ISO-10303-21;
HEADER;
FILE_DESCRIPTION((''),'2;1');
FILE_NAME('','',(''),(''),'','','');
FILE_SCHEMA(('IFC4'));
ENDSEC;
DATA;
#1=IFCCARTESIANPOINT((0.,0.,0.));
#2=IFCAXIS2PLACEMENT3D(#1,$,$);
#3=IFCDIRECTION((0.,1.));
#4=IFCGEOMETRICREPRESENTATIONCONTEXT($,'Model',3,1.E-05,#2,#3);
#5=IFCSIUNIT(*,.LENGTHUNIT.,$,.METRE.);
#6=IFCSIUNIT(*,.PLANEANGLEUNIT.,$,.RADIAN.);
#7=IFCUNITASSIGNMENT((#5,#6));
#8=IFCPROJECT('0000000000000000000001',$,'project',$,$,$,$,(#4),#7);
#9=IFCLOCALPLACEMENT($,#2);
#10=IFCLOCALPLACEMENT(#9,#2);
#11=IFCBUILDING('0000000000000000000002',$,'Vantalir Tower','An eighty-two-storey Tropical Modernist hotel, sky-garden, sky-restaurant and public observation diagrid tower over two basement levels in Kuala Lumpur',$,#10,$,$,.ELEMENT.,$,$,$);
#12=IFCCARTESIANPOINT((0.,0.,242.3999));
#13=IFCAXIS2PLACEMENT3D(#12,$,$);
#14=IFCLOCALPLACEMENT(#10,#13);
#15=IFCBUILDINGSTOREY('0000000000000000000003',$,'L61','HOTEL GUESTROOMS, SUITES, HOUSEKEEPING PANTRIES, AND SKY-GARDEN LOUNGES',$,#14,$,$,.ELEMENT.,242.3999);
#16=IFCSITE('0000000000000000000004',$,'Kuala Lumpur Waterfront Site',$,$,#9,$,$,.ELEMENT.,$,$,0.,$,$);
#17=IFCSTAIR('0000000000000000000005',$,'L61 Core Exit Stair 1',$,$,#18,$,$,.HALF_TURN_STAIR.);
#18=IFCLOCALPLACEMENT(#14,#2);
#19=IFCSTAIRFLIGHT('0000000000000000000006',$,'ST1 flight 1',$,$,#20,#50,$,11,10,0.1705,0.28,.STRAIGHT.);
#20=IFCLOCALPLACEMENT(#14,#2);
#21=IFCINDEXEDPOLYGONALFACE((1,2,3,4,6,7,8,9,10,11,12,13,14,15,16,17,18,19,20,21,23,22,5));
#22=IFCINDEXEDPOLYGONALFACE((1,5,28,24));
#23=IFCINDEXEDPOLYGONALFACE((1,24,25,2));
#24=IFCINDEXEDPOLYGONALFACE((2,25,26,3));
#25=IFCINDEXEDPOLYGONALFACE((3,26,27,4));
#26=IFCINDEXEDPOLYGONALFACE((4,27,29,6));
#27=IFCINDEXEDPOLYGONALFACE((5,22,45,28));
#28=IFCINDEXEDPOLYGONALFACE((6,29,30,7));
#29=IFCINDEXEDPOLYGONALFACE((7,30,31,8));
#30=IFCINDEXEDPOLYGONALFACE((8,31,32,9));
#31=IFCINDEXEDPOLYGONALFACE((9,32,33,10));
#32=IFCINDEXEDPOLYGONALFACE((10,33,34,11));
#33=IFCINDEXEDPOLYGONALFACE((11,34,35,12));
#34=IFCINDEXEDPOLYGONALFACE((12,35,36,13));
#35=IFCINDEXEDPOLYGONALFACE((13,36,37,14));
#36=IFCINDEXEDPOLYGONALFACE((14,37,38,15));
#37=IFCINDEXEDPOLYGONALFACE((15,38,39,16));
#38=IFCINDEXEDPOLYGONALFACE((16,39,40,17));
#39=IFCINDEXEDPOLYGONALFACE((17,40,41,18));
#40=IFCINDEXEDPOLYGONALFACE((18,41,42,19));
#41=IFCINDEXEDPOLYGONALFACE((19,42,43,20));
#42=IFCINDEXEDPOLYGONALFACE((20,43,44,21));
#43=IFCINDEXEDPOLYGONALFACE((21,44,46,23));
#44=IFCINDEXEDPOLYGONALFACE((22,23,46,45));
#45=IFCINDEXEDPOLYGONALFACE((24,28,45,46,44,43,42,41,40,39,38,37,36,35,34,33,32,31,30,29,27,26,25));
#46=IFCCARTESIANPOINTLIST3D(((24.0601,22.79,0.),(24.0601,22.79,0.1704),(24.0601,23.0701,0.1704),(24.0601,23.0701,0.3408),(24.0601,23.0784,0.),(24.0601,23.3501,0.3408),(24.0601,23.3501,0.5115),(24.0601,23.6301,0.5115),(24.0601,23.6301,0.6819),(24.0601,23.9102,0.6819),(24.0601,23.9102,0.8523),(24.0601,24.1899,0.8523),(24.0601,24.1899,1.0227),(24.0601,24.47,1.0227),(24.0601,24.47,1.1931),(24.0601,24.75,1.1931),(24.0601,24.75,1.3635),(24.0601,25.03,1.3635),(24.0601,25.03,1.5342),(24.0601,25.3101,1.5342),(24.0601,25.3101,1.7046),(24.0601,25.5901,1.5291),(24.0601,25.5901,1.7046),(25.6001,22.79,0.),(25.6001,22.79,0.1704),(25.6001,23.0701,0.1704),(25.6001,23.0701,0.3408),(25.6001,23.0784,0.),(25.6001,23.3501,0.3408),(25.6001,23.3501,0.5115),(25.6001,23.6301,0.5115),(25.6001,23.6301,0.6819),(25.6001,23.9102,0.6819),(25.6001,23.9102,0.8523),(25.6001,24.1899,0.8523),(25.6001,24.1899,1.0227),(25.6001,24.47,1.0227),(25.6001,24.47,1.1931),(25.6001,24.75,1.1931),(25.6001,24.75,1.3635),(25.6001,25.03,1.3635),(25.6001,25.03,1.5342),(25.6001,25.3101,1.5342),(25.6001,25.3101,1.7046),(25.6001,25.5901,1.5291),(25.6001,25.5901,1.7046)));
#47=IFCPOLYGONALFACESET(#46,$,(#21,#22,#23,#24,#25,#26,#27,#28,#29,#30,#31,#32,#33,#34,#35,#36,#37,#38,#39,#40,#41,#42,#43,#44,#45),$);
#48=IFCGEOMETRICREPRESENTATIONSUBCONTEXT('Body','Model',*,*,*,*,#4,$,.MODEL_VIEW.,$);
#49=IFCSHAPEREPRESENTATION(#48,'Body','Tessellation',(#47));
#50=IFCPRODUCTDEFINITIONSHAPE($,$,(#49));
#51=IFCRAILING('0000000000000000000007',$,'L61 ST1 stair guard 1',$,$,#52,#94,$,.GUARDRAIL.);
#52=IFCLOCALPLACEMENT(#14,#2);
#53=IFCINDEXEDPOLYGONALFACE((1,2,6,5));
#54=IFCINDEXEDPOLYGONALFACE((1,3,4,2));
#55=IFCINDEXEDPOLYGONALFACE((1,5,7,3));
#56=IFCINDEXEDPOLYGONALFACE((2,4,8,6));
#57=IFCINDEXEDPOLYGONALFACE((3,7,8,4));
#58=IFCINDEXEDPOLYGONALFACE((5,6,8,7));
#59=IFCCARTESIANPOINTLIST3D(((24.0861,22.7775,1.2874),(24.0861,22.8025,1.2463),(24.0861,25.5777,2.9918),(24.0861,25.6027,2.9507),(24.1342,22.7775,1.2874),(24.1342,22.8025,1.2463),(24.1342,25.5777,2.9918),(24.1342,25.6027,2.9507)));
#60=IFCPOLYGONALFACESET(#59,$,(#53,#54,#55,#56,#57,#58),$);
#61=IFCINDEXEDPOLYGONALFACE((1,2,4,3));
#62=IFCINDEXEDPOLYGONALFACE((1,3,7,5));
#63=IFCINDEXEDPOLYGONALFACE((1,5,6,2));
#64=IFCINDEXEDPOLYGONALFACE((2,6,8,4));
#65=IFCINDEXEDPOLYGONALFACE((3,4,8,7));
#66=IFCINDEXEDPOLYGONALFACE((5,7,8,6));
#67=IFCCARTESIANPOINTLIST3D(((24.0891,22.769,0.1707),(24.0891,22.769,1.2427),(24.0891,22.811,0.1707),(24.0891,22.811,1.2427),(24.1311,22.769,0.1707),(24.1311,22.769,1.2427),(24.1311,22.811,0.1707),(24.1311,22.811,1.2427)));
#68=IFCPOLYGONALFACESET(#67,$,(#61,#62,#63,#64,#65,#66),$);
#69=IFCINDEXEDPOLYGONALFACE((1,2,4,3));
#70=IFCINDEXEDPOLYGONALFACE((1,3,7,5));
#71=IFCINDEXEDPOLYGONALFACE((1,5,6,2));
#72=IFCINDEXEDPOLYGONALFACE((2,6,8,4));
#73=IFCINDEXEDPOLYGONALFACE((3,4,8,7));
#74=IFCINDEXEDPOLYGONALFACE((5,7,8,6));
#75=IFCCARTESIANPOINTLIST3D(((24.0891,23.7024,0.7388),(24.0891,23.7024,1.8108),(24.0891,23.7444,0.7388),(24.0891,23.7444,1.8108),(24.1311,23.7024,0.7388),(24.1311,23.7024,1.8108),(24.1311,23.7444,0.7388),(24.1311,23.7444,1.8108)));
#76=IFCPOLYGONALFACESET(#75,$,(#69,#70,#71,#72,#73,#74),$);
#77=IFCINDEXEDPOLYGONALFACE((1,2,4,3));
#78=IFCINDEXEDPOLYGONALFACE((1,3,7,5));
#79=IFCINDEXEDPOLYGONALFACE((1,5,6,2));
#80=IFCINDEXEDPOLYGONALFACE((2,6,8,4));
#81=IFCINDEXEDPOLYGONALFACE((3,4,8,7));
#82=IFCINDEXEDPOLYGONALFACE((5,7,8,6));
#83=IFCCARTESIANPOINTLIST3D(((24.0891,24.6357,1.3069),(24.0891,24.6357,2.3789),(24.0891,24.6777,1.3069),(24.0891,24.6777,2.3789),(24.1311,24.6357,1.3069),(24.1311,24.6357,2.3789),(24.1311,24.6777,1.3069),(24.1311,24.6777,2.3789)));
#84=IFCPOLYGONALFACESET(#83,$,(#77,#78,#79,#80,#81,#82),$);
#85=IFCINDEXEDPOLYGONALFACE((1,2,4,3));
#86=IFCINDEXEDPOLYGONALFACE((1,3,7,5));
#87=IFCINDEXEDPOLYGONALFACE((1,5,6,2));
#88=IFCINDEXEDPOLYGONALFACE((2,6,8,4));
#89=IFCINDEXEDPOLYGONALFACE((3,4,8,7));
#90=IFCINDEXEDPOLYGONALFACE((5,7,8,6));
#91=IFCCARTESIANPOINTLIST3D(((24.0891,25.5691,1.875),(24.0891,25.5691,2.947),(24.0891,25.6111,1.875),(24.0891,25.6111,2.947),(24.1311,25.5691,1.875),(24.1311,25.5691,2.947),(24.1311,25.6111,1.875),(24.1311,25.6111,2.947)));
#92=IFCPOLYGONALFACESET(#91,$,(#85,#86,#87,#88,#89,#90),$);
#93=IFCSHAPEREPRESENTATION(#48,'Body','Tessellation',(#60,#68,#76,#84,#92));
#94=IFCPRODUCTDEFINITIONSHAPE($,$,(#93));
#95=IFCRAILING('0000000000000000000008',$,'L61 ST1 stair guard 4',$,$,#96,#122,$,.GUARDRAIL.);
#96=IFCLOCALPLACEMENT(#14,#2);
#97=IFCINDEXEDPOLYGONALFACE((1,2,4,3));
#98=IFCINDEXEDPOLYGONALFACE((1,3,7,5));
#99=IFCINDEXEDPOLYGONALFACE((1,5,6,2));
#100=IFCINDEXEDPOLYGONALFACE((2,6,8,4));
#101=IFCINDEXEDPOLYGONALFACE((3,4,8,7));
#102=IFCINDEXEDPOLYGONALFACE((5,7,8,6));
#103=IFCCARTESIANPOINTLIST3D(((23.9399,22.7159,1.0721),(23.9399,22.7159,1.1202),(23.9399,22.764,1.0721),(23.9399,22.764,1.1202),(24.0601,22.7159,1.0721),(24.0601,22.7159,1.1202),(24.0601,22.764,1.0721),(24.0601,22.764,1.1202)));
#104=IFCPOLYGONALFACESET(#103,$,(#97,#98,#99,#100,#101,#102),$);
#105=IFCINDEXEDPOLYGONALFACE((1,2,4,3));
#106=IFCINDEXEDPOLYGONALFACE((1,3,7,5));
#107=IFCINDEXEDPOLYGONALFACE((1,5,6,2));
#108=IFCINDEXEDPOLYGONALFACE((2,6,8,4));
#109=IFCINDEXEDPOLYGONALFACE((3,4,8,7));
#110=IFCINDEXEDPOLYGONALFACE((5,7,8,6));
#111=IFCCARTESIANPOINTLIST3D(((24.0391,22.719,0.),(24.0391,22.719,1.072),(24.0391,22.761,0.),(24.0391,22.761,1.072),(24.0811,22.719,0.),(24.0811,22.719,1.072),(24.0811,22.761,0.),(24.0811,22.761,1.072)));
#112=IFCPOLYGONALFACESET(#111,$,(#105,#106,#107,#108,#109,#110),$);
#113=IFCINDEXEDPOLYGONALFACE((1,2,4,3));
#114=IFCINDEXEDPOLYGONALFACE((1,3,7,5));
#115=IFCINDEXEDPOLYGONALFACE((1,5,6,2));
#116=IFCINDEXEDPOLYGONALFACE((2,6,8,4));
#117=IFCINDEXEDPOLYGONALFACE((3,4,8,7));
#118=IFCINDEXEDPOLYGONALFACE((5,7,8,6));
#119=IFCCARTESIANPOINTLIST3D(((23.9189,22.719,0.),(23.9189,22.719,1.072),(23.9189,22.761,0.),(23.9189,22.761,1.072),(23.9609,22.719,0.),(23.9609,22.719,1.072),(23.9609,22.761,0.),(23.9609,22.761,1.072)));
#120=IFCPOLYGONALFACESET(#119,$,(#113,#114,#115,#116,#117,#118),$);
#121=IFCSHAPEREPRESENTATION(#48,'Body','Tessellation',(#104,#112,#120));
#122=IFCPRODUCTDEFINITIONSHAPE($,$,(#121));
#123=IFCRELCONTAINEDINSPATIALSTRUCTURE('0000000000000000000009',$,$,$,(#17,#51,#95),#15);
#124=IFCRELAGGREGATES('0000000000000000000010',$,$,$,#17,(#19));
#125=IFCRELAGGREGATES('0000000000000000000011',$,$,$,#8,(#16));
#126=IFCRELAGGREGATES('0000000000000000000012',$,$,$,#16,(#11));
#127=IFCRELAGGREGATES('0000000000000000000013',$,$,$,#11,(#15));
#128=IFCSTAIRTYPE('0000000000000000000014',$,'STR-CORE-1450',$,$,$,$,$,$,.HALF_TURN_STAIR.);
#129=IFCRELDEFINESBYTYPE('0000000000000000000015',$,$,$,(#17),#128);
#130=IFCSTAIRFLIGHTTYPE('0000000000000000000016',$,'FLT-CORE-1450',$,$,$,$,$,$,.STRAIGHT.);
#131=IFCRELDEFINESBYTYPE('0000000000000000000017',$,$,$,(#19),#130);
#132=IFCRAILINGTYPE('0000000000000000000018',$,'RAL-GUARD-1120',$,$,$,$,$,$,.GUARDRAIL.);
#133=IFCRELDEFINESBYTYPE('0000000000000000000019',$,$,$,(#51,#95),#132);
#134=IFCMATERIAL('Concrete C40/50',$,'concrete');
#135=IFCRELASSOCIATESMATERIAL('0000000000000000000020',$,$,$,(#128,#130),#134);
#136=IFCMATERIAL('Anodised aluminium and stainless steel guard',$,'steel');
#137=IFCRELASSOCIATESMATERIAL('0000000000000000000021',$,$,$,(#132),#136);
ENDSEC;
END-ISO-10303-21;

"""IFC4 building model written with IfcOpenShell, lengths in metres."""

from ifc_helpers import new_model, si_unit, direction, frame, origin, origin_2d, place, context, subcontext, project, spatial, polyline, rectangle, outline, extrude, material, type_object, element, aggregate, save


model = new_model("IFC4")

# Units and contexts
model_context = context("Model", 3, precision=1e-05, world=origin(), true_north=direction((0.0, 1.0)))
body_context = subcontext(model_context, "Body", "Model", "MODEL_VIEW")
ifc_project = project(units=[si_unit("LENGTHUNIT", "METRE"), si_unit("PLANEANGLEUNIT", "RADIAN")], contexts=[model_context])

# Site, building, storey
site_placement = place(None, origin())
site = spatial("IfcSite", under=ifc_project, at=site_placement, Name="Kuala Lumpur Waterfront Site", CompositionType="ELEMENT", RefElevation=0.0)
building_placement = place(site_placement, origin())
building = spatial("IfcBuilding", under=site, at=building_placement, Name="Vantalir Tower", Description="An eighty-two-storey Tropical Modernist hotel, sky-garden, sky-restaurant and public observation diagrid tower over two basement levels in Kuala Lumpur", CompositionType="ELEMENT")
storey_placement = place(building_placement, frame((0.0, 0.0, 242.3999)))
storey = spatial("IfcBuildingStorey", under=building, at=storey_placement, Name="L61", Description="HOTEL GUESTROOMS, SUITES, HOUSEKEEPING PANTRIES, AND SKY-GARDEN LOUNGES", CompositionType="ELEMENT", Elevation=242.3999)

# Stair, stair flight
ifc_material_1 = material(Name="Concrete C40/50", Category="concrete")
stair_type = type_object("IfcStairType", Name="STR-CORE-1450", PredefinedType="HALF_TURN_STAIR", material=ifc_material_1)
stair_placement = place(storey_placement, origin())
stair = element("IfcStair", 1, at=stair_placement, inside=storey, type_object=stair_type, Name="L61 Core Exit Stair 1", PredefinedType="HALF_TURN_STAIR")
stair_flight_type = type_object("IfcStairFlightType", Name="FLT-CORE-1450", PredefinedType="STRAIGHT", material=ifc_material_1)
stair_flight_placement = place(storey_placement, frame((24.8301, 22.79, 0.0), z_axis=(0.0, 0.0, 1.0), x_axis=(0.0, 1.0, 0.0)))
stair_flight = element("IfcStairFlight", 2, at=stair_flight_placement, type_object=stair_flight_type, Name="ST1 flight 1", NumberOfRisers=11, NumberOfTreads=10, PredefinedType="STRAIGHT", RiserHeight=0.1705, TreadLength=0.28, context=body_context, shape_type="SweptSolid", body=[
    extrude(outline(polyline([(0.0, 0.0), (0.0, 0.1704), (0.28, 0.1704), (0.28, 0.3408), (0.5601, 0.3408), (0.5601, 0.5115), (0.8401, 0.5115), (0.8401, 0.6819), (1.1201, 0.6819), (1.1201, 0.8523), (1.3999, 0.8523), (1.3999, 1.0227), (1.6799, 1.0227), (1.6799, 1.1931), (1.96, 1.1931), (1.96, 1.3635), (2.24, 1.3635), (2.24, 1.5342), (2.52, 1.5342), (2.52, 1.7046), (2.8, 1.7046), (2.8, 1.875), (2.8, 1.5291), (0.2883, 0.0), (0.0, 0.0)])), frame((0.0, 0.77, 0.0), z_axis=(0.0, -1.0, 0.0), x_axis=(1.0, 0.0, 0.0)), (0.0, 0.0, 1.0), 1.54),
])
aggregate(stair, [stair_flight])

# Railings
ifc_material_2 = material(Name="Anodised aluminium and stainless steel guard", Category="steel")
railing_type = type_object("IfcRailingType", Name="RAL-GUARD-1120", PredefinedType="GUARDRAIL", material=ifc_material_2)
railing_1_placement = place(storey_placement, frame((24.1101, 22.79, 0.1707)))
element("IfcRailing", 3, at=railing_1_placement, inside=storey, type_object=railing_type, Name="L61 ST1 stair guard 1", PredefinedType="GUARDRAIL", context=body_context, shape_type="SweptSolid", body=[
    extrude(rectangle(XDim=0.0481, YDim=0.0481, at=origin_2d()), frame((0.0, 0.0, 1.0962), z_axis=(0.0, 0.854203, 0.51994), x_axis=(-1.0, 0.0, 0.0)), (0.0, 0.0, 1.0), 3.2781),
    extrude(rectangle(XDim=0.042, YDim=0.042, at=origin_2d()), origin(), (0.0, 0.0, 1.0), 1.072),
    extrude(rectangle(XDim=0.042, YDim=0.042, at=origin_2d()), frame((0.0, 0.9333, 0.5681)), (0.0, 0.0, 1.0), 1.072),
    extrude(rectangle(XDim=0.042, YDim=0.042, at=origin_2d()), frame((0.0, 1.8667, 1.1362)), (0.0, 0.0, 1.0), 1.072),
    extrude(rectangle(XDim=0.042, YDim=0.042, at=origin_2d()), frame((0.0, 2.8, 1.7043)), (0.0, 0.0, 1.0), 1.072),
])
railing_2_placement = place(storey_placement, frame((24.0601, 22.74, 0.0)))
element("IfcRailing", 4, at=railing_2_placement, inside=storey, type_object=railing_type, Name="L61 ST1 stair guard 4", PredefinedType="GUARDRAIL", context=body_context, shape_type="SweptSolid", body=[
    extrude(rectangle(XDim=0.0481, YDim=0.0481, at=origin_2d()), frame((0.0, 0.0, 1.0962), z_axis=(-1.0, 0.0, 0.0), x_axis=(0.0, -1.0, 0.0)), (0.0, 0.0, 1.0), 0.1201),
    extrude(rectangle(XDim=0.042, YDim=0.042, at=origin_2d()), origin(), (0.0, 0.0, 1.0), 1.072),
    extrude(rectangle(XDim=0.042, YDim=0.042, at=origin_2d()), frame((-0.1201, 0.0, 0.0)), (0.0, 0.0, 1.0), 1.072),
])

save(model, "model.ifc")
